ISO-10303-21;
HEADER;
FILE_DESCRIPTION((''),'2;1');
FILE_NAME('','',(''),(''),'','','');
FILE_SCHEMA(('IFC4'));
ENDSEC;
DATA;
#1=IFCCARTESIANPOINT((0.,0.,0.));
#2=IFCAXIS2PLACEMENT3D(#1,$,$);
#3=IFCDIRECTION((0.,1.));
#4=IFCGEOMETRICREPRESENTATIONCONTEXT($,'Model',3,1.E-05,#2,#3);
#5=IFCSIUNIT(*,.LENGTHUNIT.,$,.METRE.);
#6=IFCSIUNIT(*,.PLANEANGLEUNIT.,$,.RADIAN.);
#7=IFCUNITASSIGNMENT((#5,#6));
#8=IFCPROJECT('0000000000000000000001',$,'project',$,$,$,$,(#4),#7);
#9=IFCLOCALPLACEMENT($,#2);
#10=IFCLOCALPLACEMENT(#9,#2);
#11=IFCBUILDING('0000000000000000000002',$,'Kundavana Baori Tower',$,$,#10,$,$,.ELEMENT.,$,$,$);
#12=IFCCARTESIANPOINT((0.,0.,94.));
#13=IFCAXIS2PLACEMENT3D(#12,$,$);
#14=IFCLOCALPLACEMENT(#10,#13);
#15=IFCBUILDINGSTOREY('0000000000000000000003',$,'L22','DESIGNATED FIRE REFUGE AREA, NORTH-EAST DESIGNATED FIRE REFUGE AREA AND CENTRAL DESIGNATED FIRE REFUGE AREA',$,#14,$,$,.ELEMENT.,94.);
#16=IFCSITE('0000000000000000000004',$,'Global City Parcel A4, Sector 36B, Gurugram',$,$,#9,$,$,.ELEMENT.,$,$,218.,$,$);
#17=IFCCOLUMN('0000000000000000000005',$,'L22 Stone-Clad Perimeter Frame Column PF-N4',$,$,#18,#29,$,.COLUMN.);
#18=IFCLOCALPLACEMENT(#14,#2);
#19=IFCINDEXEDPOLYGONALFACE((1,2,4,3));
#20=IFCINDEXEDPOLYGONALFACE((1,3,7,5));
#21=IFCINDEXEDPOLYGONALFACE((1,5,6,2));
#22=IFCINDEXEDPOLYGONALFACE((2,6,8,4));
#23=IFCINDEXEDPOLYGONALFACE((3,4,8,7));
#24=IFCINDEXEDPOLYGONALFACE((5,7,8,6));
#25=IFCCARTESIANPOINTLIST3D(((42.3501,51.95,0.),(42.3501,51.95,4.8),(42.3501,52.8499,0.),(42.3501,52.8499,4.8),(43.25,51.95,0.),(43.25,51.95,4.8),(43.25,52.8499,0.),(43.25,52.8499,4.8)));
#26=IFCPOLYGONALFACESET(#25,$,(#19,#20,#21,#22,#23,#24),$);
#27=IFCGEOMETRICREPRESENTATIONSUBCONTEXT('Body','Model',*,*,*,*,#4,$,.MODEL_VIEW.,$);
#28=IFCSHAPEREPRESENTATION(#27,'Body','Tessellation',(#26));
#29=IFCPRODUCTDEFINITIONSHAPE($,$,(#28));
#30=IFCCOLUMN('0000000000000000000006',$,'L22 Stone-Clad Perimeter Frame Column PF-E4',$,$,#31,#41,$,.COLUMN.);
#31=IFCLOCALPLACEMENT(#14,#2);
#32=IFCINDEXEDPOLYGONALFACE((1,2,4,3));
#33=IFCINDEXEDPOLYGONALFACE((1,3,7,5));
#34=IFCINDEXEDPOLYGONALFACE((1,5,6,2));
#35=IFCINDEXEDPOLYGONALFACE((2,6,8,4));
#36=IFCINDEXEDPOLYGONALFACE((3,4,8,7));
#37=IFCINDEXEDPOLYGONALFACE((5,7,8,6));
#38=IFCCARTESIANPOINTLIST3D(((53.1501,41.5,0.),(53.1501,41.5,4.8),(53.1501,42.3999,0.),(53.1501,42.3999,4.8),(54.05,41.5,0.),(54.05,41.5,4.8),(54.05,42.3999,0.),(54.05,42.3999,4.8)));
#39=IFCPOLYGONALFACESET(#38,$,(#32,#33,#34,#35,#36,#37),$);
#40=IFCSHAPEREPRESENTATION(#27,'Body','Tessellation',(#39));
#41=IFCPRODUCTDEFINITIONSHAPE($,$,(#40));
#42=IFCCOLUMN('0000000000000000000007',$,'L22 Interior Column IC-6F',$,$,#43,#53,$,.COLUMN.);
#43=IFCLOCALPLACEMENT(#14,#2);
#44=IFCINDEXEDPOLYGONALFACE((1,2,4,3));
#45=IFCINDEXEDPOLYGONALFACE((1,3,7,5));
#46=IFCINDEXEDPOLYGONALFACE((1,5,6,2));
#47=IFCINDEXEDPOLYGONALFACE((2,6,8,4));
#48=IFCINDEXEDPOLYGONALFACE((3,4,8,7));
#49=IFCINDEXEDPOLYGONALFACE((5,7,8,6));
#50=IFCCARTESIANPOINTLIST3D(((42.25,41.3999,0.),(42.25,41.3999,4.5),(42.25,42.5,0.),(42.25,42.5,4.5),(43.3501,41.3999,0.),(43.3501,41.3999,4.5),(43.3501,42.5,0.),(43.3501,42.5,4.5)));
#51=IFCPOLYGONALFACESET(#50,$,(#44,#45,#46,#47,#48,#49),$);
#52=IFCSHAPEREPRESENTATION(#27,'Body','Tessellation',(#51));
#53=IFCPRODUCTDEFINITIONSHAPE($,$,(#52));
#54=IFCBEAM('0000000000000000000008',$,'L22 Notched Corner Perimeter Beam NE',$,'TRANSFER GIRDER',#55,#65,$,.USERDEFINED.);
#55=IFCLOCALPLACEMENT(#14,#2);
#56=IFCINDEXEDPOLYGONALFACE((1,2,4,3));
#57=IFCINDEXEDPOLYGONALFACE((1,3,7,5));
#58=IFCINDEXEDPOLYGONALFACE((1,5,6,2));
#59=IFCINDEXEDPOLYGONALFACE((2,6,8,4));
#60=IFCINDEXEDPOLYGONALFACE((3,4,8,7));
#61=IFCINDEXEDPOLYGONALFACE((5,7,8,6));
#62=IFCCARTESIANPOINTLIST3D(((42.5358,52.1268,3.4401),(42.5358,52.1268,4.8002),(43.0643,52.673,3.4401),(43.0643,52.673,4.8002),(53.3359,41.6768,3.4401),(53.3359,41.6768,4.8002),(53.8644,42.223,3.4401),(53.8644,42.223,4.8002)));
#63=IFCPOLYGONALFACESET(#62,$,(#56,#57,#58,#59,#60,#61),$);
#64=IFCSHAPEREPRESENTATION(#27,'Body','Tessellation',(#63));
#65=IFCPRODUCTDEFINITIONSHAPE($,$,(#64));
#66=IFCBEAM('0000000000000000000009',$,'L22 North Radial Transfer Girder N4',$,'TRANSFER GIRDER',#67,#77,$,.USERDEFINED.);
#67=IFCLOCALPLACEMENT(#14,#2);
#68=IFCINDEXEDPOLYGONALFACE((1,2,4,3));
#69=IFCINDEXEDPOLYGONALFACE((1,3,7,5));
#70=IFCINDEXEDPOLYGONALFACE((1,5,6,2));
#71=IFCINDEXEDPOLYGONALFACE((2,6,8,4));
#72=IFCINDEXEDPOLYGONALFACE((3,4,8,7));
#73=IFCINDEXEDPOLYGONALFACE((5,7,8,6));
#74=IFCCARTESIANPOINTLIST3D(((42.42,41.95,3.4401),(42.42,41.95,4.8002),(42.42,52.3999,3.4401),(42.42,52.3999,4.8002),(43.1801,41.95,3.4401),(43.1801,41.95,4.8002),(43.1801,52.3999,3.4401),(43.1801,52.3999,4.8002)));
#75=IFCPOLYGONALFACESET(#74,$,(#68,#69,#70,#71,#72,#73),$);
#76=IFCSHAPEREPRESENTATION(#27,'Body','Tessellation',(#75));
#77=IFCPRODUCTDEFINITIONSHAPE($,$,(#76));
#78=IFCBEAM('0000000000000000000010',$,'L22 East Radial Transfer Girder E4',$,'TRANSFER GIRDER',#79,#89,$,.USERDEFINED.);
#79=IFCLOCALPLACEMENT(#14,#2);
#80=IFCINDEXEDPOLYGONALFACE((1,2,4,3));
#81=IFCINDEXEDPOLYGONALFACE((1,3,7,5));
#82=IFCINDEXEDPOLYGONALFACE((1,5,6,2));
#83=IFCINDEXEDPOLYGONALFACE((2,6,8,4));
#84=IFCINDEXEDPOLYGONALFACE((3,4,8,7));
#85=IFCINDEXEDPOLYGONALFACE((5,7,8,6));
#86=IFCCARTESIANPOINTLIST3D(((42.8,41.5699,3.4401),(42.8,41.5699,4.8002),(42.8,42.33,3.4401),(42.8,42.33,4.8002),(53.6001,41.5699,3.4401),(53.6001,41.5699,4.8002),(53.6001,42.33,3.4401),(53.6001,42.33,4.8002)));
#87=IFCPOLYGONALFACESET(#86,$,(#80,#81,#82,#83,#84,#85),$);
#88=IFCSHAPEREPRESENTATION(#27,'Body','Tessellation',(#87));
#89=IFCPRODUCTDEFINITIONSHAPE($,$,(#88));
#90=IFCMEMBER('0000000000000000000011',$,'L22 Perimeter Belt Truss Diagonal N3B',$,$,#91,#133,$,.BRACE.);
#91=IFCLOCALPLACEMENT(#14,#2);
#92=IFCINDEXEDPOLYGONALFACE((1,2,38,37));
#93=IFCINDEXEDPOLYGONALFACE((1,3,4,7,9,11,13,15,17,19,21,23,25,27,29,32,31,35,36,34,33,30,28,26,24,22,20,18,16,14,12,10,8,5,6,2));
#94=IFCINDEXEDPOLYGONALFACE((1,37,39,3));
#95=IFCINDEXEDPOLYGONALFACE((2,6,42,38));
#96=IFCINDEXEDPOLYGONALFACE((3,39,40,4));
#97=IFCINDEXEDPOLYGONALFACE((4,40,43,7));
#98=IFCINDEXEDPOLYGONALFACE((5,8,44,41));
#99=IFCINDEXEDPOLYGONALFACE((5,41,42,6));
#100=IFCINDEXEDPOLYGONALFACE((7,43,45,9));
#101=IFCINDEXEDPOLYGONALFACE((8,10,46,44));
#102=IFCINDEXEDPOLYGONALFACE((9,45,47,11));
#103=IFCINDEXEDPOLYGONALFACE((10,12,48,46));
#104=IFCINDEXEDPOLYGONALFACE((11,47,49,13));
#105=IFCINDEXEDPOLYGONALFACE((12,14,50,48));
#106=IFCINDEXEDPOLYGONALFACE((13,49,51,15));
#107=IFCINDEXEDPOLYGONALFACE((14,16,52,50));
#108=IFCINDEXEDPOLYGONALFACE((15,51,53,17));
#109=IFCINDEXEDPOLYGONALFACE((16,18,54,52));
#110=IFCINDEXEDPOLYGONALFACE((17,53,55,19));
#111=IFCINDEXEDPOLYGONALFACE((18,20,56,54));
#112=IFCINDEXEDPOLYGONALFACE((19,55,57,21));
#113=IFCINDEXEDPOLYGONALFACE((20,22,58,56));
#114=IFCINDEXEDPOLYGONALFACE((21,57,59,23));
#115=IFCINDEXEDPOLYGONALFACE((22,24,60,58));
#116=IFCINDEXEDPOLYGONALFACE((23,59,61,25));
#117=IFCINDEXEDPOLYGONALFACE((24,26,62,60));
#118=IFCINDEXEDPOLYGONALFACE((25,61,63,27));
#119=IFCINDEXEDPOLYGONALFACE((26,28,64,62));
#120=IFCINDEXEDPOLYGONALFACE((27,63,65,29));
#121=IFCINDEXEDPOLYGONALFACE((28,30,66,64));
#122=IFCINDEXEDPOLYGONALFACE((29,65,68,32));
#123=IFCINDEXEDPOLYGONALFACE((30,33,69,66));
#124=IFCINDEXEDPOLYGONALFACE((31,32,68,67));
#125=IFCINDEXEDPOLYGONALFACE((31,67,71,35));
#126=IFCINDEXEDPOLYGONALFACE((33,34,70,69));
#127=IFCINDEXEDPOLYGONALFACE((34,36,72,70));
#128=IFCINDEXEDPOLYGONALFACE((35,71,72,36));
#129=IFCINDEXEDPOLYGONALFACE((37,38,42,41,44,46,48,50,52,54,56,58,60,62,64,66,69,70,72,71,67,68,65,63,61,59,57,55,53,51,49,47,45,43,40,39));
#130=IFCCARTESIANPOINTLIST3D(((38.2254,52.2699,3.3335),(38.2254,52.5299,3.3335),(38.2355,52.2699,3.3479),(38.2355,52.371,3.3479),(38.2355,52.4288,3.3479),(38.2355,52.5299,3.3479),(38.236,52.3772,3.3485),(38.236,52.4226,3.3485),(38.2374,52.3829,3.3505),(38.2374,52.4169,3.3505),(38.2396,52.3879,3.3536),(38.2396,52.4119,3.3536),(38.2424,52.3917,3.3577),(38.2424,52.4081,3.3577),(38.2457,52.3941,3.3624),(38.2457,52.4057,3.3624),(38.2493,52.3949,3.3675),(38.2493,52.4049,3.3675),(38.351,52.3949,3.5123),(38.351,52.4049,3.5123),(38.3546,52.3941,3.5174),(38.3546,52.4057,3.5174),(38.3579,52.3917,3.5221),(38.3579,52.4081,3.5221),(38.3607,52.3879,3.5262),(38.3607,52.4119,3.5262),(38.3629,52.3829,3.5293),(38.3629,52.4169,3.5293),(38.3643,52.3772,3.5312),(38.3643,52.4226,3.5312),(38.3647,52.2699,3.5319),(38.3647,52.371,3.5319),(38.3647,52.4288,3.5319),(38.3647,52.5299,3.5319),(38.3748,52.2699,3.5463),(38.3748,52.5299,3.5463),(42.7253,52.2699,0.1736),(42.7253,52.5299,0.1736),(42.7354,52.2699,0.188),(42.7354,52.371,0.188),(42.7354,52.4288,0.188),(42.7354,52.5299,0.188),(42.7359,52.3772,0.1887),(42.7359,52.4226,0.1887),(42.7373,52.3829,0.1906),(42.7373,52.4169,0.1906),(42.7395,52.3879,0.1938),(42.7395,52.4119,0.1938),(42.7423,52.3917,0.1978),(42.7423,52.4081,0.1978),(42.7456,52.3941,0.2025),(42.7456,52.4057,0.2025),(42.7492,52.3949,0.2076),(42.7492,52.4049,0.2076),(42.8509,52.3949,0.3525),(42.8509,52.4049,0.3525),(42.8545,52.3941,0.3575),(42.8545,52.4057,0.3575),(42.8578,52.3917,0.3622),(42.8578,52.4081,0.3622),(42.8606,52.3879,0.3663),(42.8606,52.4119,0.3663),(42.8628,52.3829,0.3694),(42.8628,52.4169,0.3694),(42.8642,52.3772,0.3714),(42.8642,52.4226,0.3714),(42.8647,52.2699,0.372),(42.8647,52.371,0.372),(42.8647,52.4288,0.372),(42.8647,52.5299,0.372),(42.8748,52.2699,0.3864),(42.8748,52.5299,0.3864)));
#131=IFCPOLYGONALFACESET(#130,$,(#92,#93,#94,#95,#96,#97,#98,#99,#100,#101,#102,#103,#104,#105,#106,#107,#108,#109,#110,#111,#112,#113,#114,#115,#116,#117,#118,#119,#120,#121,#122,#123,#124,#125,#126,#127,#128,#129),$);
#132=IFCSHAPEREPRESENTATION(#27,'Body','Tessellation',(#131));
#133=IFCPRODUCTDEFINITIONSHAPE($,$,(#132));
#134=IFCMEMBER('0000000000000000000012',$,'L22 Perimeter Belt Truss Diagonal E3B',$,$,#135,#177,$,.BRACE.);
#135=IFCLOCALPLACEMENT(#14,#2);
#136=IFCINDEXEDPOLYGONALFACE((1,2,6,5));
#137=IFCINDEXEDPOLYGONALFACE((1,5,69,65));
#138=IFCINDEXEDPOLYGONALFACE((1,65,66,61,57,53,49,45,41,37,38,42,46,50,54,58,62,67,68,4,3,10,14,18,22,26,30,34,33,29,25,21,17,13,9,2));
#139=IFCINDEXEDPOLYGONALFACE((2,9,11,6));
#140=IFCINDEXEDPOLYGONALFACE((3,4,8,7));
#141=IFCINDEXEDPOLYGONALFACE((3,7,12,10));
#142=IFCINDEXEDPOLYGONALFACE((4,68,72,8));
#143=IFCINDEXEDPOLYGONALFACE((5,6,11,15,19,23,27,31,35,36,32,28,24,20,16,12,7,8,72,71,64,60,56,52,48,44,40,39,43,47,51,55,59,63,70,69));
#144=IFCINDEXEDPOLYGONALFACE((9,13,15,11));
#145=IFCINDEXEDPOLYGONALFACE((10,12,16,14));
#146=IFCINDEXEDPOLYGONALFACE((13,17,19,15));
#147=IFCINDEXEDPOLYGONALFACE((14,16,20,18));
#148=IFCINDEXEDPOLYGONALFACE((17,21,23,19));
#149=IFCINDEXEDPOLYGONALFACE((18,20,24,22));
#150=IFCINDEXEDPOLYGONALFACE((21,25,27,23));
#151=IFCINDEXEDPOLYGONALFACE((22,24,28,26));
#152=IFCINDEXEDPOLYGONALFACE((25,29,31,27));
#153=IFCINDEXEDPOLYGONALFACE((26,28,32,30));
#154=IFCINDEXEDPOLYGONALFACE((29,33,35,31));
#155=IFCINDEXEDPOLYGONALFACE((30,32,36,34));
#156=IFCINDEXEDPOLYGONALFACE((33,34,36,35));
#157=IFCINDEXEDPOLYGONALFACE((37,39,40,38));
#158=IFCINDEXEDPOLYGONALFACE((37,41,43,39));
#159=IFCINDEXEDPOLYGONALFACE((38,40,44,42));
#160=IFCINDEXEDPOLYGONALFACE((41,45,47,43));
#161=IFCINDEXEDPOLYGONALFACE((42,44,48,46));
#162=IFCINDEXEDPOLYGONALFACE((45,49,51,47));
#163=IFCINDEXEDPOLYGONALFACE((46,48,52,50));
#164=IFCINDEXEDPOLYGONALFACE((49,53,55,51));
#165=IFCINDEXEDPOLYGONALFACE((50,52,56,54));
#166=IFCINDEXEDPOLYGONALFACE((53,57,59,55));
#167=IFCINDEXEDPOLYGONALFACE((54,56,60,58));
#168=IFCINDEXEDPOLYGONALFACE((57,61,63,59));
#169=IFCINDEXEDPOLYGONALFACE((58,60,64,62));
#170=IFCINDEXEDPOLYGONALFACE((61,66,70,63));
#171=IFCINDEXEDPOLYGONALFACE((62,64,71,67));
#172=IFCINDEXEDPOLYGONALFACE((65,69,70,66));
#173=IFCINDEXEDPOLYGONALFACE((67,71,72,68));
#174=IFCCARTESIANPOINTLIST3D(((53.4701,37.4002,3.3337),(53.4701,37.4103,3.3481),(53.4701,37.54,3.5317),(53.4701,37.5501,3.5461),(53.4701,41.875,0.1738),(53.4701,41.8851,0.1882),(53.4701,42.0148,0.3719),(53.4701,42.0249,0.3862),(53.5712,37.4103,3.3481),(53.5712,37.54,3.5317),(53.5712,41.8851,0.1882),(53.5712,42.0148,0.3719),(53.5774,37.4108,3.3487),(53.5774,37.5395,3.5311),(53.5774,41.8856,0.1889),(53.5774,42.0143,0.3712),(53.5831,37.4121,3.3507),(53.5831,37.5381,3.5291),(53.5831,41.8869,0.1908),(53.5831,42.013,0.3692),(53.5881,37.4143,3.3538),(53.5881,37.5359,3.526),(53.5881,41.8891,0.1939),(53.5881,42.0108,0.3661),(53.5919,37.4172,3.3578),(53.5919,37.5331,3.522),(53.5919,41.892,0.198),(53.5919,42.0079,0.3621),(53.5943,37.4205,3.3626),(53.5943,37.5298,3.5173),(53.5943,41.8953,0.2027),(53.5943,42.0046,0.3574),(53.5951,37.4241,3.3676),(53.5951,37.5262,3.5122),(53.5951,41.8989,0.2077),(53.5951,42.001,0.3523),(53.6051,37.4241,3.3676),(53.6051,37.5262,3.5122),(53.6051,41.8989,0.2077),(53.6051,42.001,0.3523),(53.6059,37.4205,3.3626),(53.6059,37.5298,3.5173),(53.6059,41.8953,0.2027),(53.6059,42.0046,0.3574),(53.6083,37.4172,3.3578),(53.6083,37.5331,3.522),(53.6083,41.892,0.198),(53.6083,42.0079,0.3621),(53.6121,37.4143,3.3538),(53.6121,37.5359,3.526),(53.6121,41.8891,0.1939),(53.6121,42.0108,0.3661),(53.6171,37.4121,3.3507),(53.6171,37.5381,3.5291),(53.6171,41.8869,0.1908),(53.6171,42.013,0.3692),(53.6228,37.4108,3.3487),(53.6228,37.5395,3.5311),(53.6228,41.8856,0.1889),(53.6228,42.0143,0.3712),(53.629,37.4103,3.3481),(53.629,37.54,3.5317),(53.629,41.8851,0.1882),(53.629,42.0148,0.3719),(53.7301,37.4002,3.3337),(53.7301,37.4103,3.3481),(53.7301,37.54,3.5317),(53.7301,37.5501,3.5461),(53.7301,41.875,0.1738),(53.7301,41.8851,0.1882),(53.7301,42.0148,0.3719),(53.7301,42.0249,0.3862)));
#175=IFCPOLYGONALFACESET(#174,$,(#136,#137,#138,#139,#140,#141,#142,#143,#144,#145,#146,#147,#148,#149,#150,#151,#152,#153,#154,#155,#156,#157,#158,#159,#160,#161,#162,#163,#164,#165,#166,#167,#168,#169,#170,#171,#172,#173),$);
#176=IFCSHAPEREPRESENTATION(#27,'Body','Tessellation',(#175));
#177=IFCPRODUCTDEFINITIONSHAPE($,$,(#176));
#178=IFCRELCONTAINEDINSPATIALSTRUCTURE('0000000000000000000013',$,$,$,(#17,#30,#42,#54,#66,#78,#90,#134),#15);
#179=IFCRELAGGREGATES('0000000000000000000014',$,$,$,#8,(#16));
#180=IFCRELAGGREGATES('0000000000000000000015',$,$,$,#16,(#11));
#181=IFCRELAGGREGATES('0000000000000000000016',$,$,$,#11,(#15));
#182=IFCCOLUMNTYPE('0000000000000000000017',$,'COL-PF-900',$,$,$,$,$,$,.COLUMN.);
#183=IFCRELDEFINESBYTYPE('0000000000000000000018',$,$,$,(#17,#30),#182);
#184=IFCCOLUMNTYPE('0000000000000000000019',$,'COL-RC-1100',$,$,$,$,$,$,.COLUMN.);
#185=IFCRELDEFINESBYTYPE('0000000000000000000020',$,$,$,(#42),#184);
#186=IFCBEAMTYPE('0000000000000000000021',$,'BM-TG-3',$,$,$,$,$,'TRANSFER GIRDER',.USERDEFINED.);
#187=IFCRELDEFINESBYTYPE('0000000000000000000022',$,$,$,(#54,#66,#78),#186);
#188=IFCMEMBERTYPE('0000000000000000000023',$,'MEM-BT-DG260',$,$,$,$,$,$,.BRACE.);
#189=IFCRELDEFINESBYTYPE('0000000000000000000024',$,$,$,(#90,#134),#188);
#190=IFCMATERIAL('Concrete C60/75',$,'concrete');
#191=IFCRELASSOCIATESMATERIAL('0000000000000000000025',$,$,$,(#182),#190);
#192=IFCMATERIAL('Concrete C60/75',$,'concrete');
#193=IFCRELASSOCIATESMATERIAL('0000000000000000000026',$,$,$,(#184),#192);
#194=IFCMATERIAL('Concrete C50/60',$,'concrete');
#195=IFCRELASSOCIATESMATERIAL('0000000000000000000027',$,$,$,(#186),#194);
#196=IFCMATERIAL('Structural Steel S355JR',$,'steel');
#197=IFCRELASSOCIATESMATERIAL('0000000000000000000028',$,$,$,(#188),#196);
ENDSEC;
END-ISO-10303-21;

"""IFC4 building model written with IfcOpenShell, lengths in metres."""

from ifc_helpers import new_model, si_unit, direction, frame, origin, origin_2d, place, context, subcontext, project, spatial, rectangle, i_section, extrude, material, material_profile, profile_set, type_object, element, save


model = new_model("IFC4")

# Units and contexts
model_context = context("Model", 3, precision=1e-05, world=origin(), true_north=direction((0.0, 1.0)))
body_context = subcontext(model_context, "Body", "Model", "MODEL_VIEW")
ifc_project = project(units=[si_unit("LENGTHUNIT", "METRE"), si_unit("PLANEANGLEUNIT", "RADIAN")], contexts=[model_context])

# Site, building, storey
site_placement = place(None, origin())
site = spatial("IfcSite", under=ifc_project, at=site_placement, Name="Global City Parcel A4, Sector 36B, Gurugram", CompositionType="ELEMENT", RefElevation=218.0)
building_placement = place(site_placement, origin())
building = spatial("IfcBuilding", under=site, at=building_placement, Name="Kundavana Baori Tower", CompositionType="ELEMENT")
storey_placement = place(building_placement, frame((0.0, 0.0, 94.0)))
storey = spatial("IfcBuildingStorey", under=building, at=storey_placement, Name="L22", Description="DESIGNATED FIRE REFUGE AREA, NORTH-EAST DESIGNATED FIRE REFUGE AREA AND CENTRAL DESIGNATED FIRE REFUGE AREA", CompositionType="ELEMENT", Elevation=94.0)

# Columns
ifc_material_1 = material(Name="Concrete C60/75", Category="concrete")
ifc_material_profile_1 = material_profile(ifc_material_1, rectangle(XDim=0.8999, YDim=0.8999, at=origin_2d()), Name="RC PF 900x900")
ifc_profile_set_1 = profile_set([ifc_material_profile_1], Name="Concrete C60/75")
column_type_1 = type_object("IfcColumnType", Name="COL-PF-900", PredefinedType="COLUMN", material=ifc_profile_set_1)
for number, where, z_axis, x_axis, name in (
    (1, (42.8, 52.3999, 0.0), (0.0, 0.0, 1.0), (1.0, 0.0, 0.0), "L22 Stone-Clad Perimeter Frame Column PF-N4"),
    (2, (53.6001, 41.95, 0.0), (0.0, 0.0, 1.0), (1.0, 0.0, 0.0), "L22 Stone-Clad Perimeter Frame Column PF-E4"),
):
    element("IfcColumn", number, at=place(storey_placement, frame(where, z_axis=z_axis, x_axis=x_axis)), inside=storey, type_object=column_type_1, Name=name, PredefinedType="COLUMN", context=body_context, shape_type="SweptSolid", body=[
        extrude(rectangle(XDim=0.8999, YDim=0.8999, at=origin_2d()), origin(), (0.0, 0.0, 1.0), 4.8),
    ])
ifc_material_2 = material(Name="Concrete C60/75", Category="concrete")
ifc_material_profile_2 = material_profile(ifc_material_2, rectangle(XDim=1.1001, YDim=1.1001, at=origin_2d()), Name="RC 1100x1100")
ifc_profile_set_2 = profile_set([ifc_material_profile_2], Name="Concrete C60/75")
column_type_2 = type_object("IfcColumnType", Name="COL-RC-1100", PredefinedType="COLUMN", material=ifc_profile_set_2)
column_placement = place(storey_placement, frame((42.8, 41.95, 0.0), z_axis=(0.0, 0.0, 1.0), x_axis=(1.0, 0.0, 0.0)))
element("IfcColumn", 3, at=column_placement, inside=storey, type_object=column_type_2, Name="L22 Interior Column IC-6F", PredefinedType="COLUMN", context=body_context, shape_type="SweptSolid", body=[
    extrude(rectangle(XDim=1.1001, YDim=1.1001, at=origin_2d()), origin(), (0.0, 0.0, 1.0), 4.5),
])

# Beams
ifc_material_3 = material(Name="Concrete C50/60", Category="concrete")
ifc_material_profile_3 = material_profile(ifc_material_3, rectangle(XDim=0.76, YDim=1.3601, at=origin_2d()), Name="BM-TG-3")
ifc_profile_set_3 = profile_set([ifc_material_profile_3], Name="Concrete C50/60")
beam_type = type_object("IfcBeamType", Name="BM-TG-3", ElementType="TRANSFER GIRDER", PredefinedType="USERDEFINED", material=ifc_profile_set_3)
beam_1_placement = place(storey_placement, frame((42.8, 52.3999, 4.1201), z_axis=(0.718659, -0.695363, 0.0), x_axis=(0.695363, 0.718659, 0.0)))
element("IfcBeam", 4, at=beam_1_placement, inside=storey, type_object=beam_type, Name="L22 Notched Corner Perimeter Beam NE", ObjectType="TRANSFER GIRDER", PredefinedType="USERDEFINED", context=body_context, shape_type="SweptSolid", body=[
    extrude(rectangle(XDim=0.76, YDim=1.3601, at=origin_2d()), origin(), (0.0, 0.0, 1.0), 15.0281),
])
beam_2_placement = place(storey_placement, frame((42.8, 41.95, 4.1201), z_axis=(0.0, 1.0, 0.0), x_axis=(-1.0, 0.0, 0.0)))
element("IfcBeam", 5, at=beam_2_placement, inside=storey, type_object=beam_type, Name="L22 North Radial Transfer Girder N4", ObjectType="TRANSFER GIRDER", PredefinedType="USERDEFINED", context=body_context, shape_type="SweptSolid", body=[
    extrude(rectangle(XDim=0.76, YDim=1.3601, at=origin_2d()), origin(), (0.0, 0.0, 1.0), 10.45),
])
beam_3_placement = place(storey_placement, frame((42.8, 41.95, 4.1201), z_axis=(1.0, 0.0, 0.0), x_axis=(0.0, 1.0, 0.0)))
element("IfcBeam", 6, at=beam_3_placement, inside=storey, type_object=beam_type, Name="L22 East Radial Transfer Girder E4", ObjectType="TRANSFER GIRDER", PredefinedType="USERDEFINED", context=body_context, shape_type="SweptSolid", body=[
    extrude(rectangle(XDim=0.76, YDim=1.3601, at=origin_2d()), origin(), (0.0, 0.0, 1.0), 10.8),
])

# Members
ifc_material_4 = material(Name="Structural Steel S355JR", Category="steel")
ifc_material_profile_4 = material_profile(ifc_material_4, i_section(OverallWidth=0.26, OverallDepth=0.26, WebThickness=0.01, FlangeThickness=0.0176, FilletRadius=0.0239, at=origin_2d()), Name="WPB 260x260x93")
ifc_profile_set_4 = profile_set([ifc_material_profile_4], Name="Structural Steel S355JR")
member_type_1 = type_object("IfcMemberType", Name="MEM-BT-DG260", PredefinedType="BRACE", material=ifc_profile_set_4)
member_1_placement = place(storey_placement, frame((42.8, 52.3999, 0.28), z_axis=(-0.818384, 0.0, 0.574672), x_axis=(0.0, -1.0, 0.0)))
element("IfcMember", 7, at=member_1_placement, inside=storey, type_object=member_type_1, Name="L22 Perimeter Belt Truss Diagonal N3B", PredefinedType="BRACE", context=body_context, shape_type="SweptSolid", body=[
    extrude(i_section(OverallWidth=0.26, OverallDepth=0.26, WebThickness=0.01, FlangeThickness=0.0176, FilletRadius=0.0239, at=origin_2d()), origin(), (0.0, 0.0, 1.0), 5.4985),
])
member_2_placement = place(storey_placement, frame((53.6001, 41.95, 0.28), z_axis=(0.0, -0.816865, 0.576828), x_axis=(1.0, 0.0, 0.0)))
element("IfcMember", 8, at=member_2_placement, inside=storey, type_object=member_type_1, Name="L22 Perimeter Belt Truss Diagonal E3B", PredefinedType="BRACE", context=body_context, shape_type="SweptSolid", body=[
    extrude(i_section(OverallWidth=0.26, OverallDepth=0.26, WebThickness=0.01, FlangeThickness=0.0176, FilletRadius=0.0239, at=origin_2d()), origin(), (0.0, 0.0, 1.0), 5.478),
])

save(model, "model.ifc")
